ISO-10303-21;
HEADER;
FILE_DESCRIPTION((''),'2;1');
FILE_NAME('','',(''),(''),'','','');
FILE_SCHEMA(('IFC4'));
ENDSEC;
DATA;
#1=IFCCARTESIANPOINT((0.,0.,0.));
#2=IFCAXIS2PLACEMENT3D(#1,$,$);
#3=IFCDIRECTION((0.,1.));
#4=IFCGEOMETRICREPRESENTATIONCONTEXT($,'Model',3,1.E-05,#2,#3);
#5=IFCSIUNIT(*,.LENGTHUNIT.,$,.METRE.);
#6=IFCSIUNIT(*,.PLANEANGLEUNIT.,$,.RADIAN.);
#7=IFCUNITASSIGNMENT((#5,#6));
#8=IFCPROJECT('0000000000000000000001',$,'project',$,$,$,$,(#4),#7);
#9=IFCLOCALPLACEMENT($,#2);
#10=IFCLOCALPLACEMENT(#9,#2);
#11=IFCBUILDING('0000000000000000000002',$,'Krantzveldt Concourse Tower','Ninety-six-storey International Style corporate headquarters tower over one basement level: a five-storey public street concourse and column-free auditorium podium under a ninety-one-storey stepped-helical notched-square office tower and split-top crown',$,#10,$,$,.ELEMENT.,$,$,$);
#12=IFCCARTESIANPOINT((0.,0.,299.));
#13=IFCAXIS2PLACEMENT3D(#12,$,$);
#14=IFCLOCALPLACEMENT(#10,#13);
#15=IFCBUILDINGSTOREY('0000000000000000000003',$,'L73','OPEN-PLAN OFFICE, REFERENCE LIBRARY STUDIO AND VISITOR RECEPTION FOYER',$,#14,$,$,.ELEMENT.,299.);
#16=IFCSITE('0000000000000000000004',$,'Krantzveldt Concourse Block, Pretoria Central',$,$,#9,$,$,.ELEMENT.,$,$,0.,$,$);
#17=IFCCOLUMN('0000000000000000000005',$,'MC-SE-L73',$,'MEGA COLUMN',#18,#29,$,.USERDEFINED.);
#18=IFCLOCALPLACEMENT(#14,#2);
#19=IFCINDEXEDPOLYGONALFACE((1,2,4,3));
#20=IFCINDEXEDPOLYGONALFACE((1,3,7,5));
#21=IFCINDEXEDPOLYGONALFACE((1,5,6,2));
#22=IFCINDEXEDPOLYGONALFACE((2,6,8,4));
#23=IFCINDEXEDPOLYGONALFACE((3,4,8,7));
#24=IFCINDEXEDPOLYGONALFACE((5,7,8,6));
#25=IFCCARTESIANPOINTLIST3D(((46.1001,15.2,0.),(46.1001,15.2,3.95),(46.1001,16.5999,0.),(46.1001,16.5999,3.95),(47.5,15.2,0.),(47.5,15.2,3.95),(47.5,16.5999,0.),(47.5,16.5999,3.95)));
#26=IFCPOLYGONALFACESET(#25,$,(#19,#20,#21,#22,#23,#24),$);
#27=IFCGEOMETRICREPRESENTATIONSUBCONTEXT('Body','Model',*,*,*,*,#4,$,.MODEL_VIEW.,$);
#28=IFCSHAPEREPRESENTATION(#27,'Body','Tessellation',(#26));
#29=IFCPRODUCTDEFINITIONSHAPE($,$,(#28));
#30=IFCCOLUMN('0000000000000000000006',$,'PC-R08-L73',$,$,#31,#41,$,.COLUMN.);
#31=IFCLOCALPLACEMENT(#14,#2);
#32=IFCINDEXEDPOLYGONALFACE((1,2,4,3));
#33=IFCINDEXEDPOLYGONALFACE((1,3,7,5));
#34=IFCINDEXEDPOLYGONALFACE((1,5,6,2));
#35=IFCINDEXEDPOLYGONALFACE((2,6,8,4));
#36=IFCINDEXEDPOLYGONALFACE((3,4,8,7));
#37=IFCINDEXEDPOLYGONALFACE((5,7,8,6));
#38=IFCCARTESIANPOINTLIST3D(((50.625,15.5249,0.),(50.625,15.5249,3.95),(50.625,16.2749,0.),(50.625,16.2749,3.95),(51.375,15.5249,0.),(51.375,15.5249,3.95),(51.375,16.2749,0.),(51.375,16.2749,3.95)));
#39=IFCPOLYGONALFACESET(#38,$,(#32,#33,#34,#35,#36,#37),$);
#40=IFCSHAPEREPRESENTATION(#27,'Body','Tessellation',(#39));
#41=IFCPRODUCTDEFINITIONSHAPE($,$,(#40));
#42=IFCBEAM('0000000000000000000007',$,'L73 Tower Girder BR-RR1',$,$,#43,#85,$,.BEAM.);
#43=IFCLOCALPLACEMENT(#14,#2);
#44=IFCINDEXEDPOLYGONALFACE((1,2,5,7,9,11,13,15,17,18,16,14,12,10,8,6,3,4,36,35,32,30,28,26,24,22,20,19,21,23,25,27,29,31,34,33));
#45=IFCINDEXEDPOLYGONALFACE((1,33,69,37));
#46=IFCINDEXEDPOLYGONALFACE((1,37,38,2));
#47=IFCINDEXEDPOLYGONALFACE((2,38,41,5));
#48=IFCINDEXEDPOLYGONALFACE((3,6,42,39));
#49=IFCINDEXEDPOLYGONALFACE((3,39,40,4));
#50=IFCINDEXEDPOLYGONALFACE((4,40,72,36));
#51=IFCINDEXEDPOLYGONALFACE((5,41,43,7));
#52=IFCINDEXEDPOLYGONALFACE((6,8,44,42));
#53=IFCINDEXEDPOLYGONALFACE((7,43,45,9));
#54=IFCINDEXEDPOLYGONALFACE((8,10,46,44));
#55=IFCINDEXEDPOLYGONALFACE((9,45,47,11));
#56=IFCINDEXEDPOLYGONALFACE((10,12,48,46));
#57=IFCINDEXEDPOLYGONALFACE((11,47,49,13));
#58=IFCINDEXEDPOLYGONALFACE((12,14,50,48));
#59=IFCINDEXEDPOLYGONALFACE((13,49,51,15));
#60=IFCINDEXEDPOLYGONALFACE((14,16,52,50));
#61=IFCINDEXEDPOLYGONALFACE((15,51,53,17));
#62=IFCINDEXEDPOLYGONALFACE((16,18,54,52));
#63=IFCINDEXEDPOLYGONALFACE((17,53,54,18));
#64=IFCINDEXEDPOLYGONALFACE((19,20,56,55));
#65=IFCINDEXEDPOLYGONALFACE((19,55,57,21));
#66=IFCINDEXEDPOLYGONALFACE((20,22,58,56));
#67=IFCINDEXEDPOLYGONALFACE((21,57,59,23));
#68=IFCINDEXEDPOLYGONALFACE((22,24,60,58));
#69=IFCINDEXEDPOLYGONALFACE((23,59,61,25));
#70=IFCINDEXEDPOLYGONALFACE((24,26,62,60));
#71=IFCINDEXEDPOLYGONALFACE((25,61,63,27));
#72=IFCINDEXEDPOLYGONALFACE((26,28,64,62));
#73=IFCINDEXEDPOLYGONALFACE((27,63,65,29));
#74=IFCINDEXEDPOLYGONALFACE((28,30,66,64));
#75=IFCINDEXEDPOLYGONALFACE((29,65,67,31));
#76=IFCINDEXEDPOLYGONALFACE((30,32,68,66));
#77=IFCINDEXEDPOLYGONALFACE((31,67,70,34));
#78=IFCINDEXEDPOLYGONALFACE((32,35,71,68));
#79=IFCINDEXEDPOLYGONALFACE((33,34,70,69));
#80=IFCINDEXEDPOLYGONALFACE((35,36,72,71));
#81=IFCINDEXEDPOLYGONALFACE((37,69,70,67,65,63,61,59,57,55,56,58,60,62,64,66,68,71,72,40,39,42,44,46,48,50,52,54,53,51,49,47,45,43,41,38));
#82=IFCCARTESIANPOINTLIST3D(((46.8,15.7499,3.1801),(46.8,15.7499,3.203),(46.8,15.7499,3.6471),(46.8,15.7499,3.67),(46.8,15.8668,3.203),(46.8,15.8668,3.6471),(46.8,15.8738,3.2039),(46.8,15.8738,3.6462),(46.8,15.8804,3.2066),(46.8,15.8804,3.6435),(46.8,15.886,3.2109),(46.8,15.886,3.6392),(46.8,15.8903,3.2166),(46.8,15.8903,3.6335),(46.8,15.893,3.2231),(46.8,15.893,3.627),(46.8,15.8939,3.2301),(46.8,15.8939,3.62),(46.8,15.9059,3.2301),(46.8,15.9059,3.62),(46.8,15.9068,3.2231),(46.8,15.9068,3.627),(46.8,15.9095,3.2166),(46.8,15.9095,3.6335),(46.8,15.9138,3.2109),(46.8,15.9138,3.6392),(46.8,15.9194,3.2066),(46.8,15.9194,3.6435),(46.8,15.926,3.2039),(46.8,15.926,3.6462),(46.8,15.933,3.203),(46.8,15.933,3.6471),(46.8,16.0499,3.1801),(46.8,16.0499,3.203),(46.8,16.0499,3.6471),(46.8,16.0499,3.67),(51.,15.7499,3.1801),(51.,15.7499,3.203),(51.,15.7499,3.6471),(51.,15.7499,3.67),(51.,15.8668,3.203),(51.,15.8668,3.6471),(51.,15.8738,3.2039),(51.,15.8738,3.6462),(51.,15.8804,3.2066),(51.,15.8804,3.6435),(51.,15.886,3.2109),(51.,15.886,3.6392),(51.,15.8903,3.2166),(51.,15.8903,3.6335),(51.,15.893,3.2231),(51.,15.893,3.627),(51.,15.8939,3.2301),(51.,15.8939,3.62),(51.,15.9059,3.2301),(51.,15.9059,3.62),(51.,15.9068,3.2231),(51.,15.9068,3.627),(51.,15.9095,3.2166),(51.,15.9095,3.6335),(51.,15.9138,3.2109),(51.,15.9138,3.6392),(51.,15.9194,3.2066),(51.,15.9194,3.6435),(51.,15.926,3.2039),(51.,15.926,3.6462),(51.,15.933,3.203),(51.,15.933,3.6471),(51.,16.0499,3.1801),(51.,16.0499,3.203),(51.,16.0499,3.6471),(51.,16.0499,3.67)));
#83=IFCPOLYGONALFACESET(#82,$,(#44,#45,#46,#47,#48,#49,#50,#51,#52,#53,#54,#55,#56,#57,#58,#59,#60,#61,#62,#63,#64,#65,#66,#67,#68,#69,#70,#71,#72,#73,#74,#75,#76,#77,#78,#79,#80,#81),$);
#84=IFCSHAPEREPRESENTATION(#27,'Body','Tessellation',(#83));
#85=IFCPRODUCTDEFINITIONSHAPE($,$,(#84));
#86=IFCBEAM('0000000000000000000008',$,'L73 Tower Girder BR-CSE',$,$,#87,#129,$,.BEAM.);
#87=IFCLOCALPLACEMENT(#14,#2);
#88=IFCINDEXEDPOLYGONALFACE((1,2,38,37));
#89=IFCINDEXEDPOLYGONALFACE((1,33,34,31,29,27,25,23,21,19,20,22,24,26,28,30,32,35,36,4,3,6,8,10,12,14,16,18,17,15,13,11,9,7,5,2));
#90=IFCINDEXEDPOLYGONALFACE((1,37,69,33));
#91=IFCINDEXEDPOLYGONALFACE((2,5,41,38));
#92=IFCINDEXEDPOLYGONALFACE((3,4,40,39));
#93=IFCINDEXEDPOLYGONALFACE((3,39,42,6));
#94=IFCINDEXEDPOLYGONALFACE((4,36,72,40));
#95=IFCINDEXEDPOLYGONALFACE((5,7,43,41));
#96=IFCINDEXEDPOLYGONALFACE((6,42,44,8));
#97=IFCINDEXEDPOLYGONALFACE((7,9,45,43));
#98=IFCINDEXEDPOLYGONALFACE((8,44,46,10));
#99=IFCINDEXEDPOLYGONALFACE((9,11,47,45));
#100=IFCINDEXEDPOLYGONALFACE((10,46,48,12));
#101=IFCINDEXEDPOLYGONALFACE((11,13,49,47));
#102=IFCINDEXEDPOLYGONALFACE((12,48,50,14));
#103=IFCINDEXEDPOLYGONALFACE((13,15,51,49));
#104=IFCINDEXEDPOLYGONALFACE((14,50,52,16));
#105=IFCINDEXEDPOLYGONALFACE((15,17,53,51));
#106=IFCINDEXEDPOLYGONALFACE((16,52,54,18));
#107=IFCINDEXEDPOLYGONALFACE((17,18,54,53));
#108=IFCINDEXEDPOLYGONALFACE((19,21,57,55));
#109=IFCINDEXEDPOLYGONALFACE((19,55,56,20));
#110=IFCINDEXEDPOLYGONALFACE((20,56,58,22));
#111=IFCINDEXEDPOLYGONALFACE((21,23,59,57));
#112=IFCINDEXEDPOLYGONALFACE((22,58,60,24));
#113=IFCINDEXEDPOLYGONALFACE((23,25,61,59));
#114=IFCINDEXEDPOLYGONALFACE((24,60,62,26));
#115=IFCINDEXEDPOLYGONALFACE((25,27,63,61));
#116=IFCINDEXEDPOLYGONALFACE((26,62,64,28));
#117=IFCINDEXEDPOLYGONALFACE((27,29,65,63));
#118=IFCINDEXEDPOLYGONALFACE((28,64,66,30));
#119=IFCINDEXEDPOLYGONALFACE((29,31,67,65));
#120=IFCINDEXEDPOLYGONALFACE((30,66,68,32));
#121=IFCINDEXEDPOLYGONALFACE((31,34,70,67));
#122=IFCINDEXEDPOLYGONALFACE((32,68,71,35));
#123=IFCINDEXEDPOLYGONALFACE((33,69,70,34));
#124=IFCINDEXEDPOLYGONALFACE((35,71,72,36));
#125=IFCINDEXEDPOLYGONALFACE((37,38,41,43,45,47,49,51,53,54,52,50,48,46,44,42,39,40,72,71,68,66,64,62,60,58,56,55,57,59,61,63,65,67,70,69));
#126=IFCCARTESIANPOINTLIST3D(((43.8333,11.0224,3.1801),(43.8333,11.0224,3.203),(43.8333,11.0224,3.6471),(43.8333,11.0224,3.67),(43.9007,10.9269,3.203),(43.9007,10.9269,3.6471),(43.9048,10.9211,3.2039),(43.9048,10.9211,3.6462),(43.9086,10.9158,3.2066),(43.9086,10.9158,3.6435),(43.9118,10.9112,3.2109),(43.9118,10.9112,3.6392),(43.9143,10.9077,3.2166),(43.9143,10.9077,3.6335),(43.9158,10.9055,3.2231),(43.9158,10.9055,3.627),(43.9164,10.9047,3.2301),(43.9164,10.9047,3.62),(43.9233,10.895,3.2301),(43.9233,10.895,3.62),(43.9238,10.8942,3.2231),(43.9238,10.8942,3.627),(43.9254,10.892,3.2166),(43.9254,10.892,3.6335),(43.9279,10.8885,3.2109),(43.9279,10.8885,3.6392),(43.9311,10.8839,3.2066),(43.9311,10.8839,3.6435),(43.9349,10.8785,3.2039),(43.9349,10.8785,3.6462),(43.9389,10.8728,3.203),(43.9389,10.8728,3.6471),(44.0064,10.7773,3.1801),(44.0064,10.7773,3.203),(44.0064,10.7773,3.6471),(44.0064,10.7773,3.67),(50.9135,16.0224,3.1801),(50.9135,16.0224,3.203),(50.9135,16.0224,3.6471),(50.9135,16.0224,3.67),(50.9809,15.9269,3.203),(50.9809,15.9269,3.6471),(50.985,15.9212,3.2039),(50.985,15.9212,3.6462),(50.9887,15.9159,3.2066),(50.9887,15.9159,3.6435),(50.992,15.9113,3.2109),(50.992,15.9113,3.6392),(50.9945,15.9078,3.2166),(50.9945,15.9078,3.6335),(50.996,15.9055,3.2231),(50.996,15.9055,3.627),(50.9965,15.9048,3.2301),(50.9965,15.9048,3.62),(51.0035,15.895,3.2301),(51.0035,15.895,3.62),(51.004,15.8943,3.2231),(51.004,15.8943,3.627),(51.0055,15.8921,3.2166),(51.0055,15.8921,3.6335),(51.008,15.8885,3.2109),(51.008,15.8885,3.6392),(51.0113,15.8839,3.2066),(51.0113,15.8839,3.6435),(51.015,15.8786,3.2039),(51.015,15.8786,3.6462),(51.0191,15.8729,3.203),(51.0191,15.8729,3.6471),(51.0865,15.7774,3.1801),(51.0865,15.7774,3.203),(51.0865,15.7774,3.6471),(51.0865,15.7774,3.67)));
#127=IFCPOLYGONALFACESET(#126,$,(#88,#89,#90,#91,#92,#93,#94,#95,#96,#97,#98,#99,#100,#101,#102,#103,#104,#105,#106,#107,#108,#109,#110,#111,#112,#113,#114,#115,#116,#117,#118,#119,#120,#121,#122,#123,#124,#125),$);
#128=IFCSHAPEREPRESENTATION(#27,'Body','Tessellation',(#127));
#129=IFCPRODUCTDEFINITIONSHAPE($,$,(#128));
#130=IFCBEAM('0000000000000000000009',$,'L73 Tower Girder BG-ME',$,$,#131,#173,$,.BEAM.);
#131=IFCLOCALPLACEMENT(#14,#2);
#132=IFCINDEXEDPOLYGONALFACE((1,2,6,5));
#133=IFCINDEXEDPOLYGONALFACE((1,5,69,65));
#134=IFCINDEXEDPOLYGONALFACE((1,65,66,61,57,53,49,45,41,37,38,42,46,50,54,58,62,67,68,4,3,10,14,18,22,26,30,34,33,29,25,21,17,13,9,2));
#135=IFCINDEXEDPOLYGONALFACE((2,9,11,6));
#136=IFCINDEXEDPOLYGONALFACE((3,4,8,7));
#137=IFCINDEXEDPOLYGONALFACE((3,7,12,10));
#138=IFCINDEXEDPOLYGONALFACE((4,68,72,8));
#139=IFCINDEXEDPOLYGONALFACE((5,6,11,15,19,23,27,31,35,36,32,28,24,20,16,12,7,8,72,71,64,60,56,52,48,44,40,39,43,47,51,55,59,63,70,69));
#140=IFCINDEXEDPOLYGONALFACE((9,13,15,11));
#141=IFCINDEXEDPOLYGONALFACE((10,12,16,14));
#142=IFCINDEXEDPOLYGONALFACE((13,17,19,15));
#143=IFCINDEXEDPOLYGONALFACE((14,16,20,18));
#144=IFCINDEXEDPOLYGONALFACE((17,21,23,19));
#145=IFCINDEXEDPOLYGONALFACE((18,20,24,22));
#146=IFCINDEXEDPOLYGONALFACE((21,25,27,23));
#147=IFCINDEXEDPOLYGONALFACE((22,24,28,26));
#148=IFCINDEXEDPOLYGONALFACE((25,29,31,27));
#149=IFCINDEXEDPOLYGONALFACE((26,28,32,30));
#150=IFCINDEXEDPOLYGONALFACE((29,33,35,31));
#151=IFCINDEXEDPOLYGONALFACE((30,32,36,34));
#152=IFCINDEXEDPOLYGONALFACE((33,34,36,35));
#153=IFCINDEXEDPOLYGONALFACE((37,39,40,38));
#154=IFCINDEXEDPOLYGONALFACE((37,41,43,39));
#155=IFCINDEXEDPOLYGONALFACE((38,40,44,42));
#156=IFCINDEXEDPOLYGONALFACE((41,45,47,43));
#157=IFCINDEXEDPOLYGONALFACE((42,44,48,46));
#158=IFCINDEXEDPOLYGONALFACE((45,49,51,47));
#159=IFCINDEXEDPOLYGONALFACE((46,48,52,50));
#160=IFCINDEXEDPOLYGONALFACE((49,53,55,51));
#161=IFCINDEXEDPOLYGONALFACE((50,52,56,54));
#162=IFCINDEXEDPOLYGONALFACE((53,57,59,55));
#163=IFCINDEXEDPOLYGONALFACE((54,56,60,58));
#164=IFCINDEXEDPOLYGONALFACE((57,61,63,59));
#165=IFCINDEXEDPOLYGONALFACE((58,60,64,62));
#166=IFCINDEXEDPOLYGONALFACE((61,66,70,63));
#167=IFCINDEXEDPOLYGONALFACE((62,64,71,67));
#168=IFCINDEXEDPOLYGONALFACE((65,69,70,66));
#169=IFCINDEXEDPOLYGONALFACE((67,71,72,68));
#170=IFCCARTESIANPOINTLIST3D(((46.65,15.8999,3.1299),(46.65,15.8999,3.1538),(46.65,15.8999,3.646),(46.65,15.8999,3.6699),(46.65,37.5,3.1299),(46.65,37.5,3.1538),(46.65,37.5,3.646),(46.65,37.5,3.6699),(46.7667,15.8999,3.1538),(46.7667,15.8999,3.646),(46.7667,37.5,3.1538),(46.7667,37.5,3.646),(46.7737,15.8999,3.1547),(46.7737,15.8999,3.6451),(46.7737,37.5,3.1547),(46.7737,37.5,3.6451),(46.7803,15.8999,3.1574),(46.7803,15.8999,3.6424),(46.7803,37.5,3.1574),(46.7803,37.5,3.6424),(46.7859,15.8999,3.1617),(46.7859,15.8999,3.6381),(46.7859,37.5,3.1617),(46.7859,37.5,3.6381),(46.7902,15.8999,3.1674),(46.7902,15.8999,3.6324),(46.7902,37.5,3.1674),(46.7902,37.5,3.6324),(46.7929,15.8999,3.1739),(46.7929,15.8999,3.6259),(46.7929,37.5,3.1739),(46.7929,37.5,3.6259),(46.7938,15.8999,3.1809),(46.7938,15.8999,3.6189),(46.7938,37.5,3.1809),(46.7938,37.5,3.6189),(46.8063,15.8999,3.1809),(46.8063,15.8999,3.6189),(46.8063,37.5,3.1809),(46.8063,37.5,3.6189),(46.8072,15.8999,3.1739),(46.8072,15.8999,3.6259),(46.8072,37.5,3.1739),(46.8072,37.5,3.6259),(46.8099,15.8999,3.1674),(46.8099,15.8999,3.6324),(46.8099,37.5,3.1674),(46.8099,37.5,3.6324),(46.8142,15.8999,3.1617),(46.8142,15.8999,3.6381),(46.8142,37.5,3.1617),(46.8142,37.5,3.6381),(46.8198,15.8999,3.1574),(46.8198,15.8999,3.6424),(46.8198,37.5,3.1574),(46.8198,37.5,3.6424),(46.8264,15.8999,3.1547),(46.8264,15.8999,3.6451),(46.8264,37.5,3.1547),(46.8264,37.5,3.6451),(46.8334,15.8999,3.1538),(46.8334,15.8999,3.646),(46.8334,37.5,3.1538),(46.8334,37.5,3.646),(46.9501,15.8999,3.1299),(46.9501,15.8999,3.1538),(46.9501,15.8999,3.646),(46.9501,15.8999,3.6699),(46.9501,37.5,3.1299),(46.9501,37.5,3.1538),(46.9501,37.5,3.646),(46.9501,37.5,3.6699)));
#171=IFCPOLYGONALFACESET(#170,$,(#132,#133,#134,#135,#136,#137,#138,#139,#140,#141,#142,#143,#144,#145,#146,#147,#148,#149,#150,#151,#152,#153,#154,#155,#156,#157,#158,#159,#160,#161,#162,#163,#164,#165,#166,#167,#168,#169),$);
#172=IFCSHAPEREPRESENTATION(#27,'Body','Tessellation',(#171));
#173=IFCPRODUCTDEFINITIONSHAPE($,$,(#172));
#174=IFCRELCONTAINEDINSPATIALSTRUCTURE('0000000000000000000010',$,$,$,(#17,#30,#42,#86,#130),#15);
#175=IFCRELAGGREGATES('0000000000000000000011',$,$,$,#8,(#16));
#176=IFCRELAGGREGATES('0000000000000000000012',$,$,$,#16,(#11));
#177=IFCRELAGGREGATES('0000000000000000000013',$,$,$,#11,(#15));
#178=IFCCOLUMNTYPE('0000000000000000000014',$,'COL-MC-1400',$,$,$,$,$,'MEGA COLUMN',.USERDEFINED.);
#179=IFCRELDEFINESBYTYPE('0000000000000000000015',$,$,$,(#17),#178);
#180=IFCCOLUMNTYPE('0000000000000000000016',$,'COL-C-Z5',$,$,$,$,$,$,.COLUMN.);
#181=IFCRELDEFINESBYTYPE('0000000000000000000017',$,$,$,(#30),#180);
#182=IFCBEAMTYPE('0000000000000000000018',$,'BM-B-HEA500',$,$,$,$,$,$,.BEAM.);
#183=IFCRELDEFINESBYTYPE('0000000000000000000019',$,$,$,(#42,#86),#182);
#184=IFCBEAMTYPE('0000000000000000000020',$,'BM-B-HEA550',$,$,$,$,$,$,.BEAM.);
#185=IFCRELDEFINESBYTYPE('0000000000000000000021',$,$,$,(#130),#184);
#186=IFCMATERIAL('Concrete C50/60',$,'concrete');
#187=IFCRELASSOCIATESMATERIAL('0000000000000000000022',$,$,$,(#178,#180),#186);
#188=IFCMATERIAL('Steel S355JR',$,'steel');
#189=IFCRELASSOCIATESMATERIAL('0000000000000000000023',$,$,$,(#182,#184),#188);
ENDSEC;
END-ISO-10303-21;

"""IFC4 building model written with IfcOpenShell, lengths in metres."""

from ifc_helpers import new_model, si_unit, direction, frame, origin, origin_2d, place, context, subcontext, project, spatial, rectangle, i_section, extrude, source, transform, mapped, material, material_profile, profile_set, type_object, type_shapes, element, save


model = new_model("IFC4")

# Units and contexts
model_context = context("Model", 3, precision=1e-05, world=origin(), true_north=direction((0.0, 1.0)))
body_context = subcontext(model_context, "Body", "Model", "MODEL_VIEW")
ifc_project = project(units=[si_unit("LENGTHUNIT", "METRE"), si_unit("PLANEANGLEUNIT", "RADIAN")], contexts=[model_context])

# Site, building, storey
site_placement = place(None, origin())
site = spatial("IfcSite", under=ifc_project, at=site_placement, Name="Krantzveldt Concourse Block, Pretoria Central", CompositionType="ELEMENT", RefElevation=0.0)
building_placement = place(site_placement, origin())
building = spatial("IfcBuilding", under=site, at=building_placement, Name="Krantzveldt Concourse Tower", Description="Ninety-six-storey International Style corporate headquarters tower over one basement level: a five-storey public street concourse and column-free auditorium podium under a ninety-one-storey stepped-helical notched-square office tower and split-top crown", CompositionType="ELEMENT")
storey_placement = place(building_placement, frame((0.0, 0.0, 299.0)))
storey = spatial("IfcBuildingStorey", under=building, at=storey_placement, Name="L73", Description="OPEN-PLAN OFFICE, REFERENCE LIBRARY STUDIO AND VISITOR RECEPTION FOYER", CompositionType="ELEMENT", Elevation=299.0)

# Columns
ifc_material_1 = material(Name="Concrete C50/60", Category="concrete")
ifc_material_profile_1 = material_profile(ifc_material_1, rectangle(XDim=1.3999, YDim=1.3999, at=origin_2d()), Name="Concrete C50/60", Category="concrete")
ifc_profile_set_1 = profile_set([ifc_material_profile_1], Name="Concrete C50/60 - RC 1400x1400")
column_type_1 = type_object("IfcColumnType", Name="COL-MC-1400", ElementType="MEGA COLUMN", PredefinedType="USERDEFINED", material=ifc_profile_set_1)
shared_shape_1 = source(origin(), body_context, "Body", "SweptSolid", [
    extrude(rectangle(XDim=1.3999, YDim=1.3999, at=origin_2d()), origin(), (0.0, 0.0, 1.0), 3.95),
])
type_shapes(column_type_1, [shared_shape_1])
column_1_placement = place(storey_placement, frame((46.8, 15.8999, 0.0), z_axis=(0.0, 0.0, 1.0), x_axis=(1.0, 0.0, 0.0)))
element("IfcColumn", 1, at=column_1_placement, inside=storey, type_object=column_type_1, Name="MC-SE-L73", ObjectType="MEGA COLUMN", PredefinedType="USERDEFINED", context=body_context, shape_type="MappedRepresentation", body=[
    mapped(shared_shape_1, transform((0.0, 0.0, 0.0), x_axis=(1.0, 0.0, 0.0), y_axis=(0.0, 1.0, 0.0), z_axis=(0.0, 0.0, 1.0), scale=1.0)),
])
ifc_material_profile_2 = material_profile(ifc_material_1, rectangle(XDim=0.75, YDim=0.75, at=origin_2d()), Name="Concrete C50/60", Category="concrete")
ifc_profile_set_2 = profile_set([ifc_material_profile_2], Name="Concrete C50/60 - RC 750x750")
column_type_2 = type_object("IfcColumnType", Name="COL-C-Z5", PredefinedType="COLUMN", material=ifc_profile_set_2)
shared_shape_2 = source(origin(), body_context, "Body", "SweptSolid", [
    extrude(rectangle(XDim=0.75, YDim=0.75, at=origin_2d()), origin(), (0.0, 0.0, 1.0), 3.95),
])
type_shapes(column_type_2, [shared_shape_2])
column_2_placement = place(storey_placement, frame((51.0, 15.8999, 0.0), z_axis=(0.0, 0.0, 1.0), x_axis=(1.0, 0.0, 0.0)))
element("IfcColumn", 2, at=column_2_placement, inside=storey, type_object=column_type_2, Name="PC-R08-L73", PredefinedType="COLUMN", context=body_context, shape_type="MappedRepresentation", body=[
    mapped(shared_shape_2, transform((0.0, 0.0, 0.0), x_axis=(1.0, 0.0, 0.0), y_axis=(0.0, 1.0, 0.0), z_axis=(0.0, 0.0, 1.0), scale=1.0)),
])

# Beams
ifc_material_2 = material(Name="Steel S355JR", Category="steel")
ifc_material_profile_3 = material_profile(ifc_material_2, i_section(OverallWidth=0.3, OverallDepth=0.49, WebThickness=0.012, FlangeThickness=0.0229, FilletRadius=0.0271, at=origin_2d()), Name="Steel S355JR", Category="steel")
ifc_profile_set_3 = profile_set([ifc_material_profile_3], Name="Steel S355JR - HEA 500")
beam_type_1 = type_object("IfcBeamType", Name="BM-B-HEA500", PredefinedType="BEAM", material=ifc_profile_set_3)
shared_shape_3 = source(origin(), body_context, "Body", "SweptSolid", [
    extrude(i_section(OverallWidth=0.3, OverallDepth=0.49, WebThickness=0.012, FlangeThickness=0.0229, FilletRadius=0.0271, at=origin_2d()), origin(), (0.0, 0.0, 1.0), 4.2),
])
beam_1_placement = place(storey_placement, frame((46.8, 15.8999, 3.425), z_axis=(1.0, 0.0, 0.0), x_axis=(0.0, 1.0, 0.0)))
element("IfcBeam", 3, at=beam_1_placement, inside=storey, type_object=beam_type_1, Name="L73 Tower Girder BR-RR1", PredefinedType="BEAM", context=body_context, shape_type="MappedRepresentation", body=[
    mapped(shared_shape_3, transform((0.0, 0.0, 0.0), x_axis=(1.0, 0.0, 0.0), y_axis=(0.0, 1.0, 0.0), z_axis=(0.0, 0.0, 1.0), scale=1.0)),
])
shared_shape_4 = source(origin(), body_context, "Body", "SweptSolid", [
    extrude(i_section(OverallWidth=0.3, OverallDepth=0.49, WebThickness=0.012, FlangeThickness=0.0229, FilletRadius=0.0271, at=origin_2d()), origin(), (0.0, 0.0, 1.0), 8.6677),
])
type_shapes(beam_type_1, [shared_shape_3, shared_shape_4])
beam_2_placement = place(storey_placement, frame((51.0, 15.8999, 3.425), z_axis=(-0.816843, -0.57686, 0.0), x_axis=(0.57686, -0.816843, 0.0)))
element("IfcBeam", 4, at=beam_2_placement, inside=storey, type_object=beam_type_1, Name="L73 Tower Girder BR-CSE", PredefinedType="BEAM", context=body_context, shape_type="MappedRepresentation", body=[
    mapped(shared_shape_4, transform((0.0, 0.0, 0.0), x_axis=(1.0, 0.0, 0.0), y_axis=(0.0, 1.0, 0.0), z_axis=(0.0, 0.0, 1.0), scale=1.0)),
])
ifc_material_profile_4 = material_profile(ifc_material_2, i_section(OverallWidth=0.3, OverallDepth=0.54, WebThickness=0.0125, FlangeThickness=0.0239, FilletRadius=0.0271, at=origin_2d()), Name="Steel S355JR", Category="steel")
ifc_profile_set_4 = profile_set([ifc_material_profile_4], Name="Steel S355JR - HEA 550")
beam_type_2 = type_object("IfcBeamType", Name="BM-B-HEA550", PredefinedType="BEAM", material=ifc_profile_set_4)
shared_shape_5 = source(origin(), body_context, "Body", "SweptSolid", [
    extrude(i_section(OverallWidth=0.3, OverallDepth=0.54, WebThickness=0.0125, FlangeThickness=0.0239, FilletRadius=0.0271, at=origin_2d()), origin(), (0.0, 0.0, 1.0), 21.6001),
])
beam_3_placement = place(storey_placement, frame((46.8, 15.8999, 3.3999), z_axis=(0.0, 1.0, 0.0), x_axis=(-1.0, 0.0, 0.0)))
element("IfcBeam", 5, at=beam_3_placement, inside=storey, type_object=beam_type_2, Name="L73 Tower Girder BG-ME", PredefinedType="BEAM", context=body_context, shape_type="MappedRepresentation", body=[
    mapped(shared_shape_5, transform((0.0, 0.0, 0.0), x_axis=(1.0, 0.0, 0.0), y_axis=(0.0, 1.0, 0.0), z_axis=(0.0, 0.0, 1.0), scale=1.0)),
])

save(model, "model.ifc")
